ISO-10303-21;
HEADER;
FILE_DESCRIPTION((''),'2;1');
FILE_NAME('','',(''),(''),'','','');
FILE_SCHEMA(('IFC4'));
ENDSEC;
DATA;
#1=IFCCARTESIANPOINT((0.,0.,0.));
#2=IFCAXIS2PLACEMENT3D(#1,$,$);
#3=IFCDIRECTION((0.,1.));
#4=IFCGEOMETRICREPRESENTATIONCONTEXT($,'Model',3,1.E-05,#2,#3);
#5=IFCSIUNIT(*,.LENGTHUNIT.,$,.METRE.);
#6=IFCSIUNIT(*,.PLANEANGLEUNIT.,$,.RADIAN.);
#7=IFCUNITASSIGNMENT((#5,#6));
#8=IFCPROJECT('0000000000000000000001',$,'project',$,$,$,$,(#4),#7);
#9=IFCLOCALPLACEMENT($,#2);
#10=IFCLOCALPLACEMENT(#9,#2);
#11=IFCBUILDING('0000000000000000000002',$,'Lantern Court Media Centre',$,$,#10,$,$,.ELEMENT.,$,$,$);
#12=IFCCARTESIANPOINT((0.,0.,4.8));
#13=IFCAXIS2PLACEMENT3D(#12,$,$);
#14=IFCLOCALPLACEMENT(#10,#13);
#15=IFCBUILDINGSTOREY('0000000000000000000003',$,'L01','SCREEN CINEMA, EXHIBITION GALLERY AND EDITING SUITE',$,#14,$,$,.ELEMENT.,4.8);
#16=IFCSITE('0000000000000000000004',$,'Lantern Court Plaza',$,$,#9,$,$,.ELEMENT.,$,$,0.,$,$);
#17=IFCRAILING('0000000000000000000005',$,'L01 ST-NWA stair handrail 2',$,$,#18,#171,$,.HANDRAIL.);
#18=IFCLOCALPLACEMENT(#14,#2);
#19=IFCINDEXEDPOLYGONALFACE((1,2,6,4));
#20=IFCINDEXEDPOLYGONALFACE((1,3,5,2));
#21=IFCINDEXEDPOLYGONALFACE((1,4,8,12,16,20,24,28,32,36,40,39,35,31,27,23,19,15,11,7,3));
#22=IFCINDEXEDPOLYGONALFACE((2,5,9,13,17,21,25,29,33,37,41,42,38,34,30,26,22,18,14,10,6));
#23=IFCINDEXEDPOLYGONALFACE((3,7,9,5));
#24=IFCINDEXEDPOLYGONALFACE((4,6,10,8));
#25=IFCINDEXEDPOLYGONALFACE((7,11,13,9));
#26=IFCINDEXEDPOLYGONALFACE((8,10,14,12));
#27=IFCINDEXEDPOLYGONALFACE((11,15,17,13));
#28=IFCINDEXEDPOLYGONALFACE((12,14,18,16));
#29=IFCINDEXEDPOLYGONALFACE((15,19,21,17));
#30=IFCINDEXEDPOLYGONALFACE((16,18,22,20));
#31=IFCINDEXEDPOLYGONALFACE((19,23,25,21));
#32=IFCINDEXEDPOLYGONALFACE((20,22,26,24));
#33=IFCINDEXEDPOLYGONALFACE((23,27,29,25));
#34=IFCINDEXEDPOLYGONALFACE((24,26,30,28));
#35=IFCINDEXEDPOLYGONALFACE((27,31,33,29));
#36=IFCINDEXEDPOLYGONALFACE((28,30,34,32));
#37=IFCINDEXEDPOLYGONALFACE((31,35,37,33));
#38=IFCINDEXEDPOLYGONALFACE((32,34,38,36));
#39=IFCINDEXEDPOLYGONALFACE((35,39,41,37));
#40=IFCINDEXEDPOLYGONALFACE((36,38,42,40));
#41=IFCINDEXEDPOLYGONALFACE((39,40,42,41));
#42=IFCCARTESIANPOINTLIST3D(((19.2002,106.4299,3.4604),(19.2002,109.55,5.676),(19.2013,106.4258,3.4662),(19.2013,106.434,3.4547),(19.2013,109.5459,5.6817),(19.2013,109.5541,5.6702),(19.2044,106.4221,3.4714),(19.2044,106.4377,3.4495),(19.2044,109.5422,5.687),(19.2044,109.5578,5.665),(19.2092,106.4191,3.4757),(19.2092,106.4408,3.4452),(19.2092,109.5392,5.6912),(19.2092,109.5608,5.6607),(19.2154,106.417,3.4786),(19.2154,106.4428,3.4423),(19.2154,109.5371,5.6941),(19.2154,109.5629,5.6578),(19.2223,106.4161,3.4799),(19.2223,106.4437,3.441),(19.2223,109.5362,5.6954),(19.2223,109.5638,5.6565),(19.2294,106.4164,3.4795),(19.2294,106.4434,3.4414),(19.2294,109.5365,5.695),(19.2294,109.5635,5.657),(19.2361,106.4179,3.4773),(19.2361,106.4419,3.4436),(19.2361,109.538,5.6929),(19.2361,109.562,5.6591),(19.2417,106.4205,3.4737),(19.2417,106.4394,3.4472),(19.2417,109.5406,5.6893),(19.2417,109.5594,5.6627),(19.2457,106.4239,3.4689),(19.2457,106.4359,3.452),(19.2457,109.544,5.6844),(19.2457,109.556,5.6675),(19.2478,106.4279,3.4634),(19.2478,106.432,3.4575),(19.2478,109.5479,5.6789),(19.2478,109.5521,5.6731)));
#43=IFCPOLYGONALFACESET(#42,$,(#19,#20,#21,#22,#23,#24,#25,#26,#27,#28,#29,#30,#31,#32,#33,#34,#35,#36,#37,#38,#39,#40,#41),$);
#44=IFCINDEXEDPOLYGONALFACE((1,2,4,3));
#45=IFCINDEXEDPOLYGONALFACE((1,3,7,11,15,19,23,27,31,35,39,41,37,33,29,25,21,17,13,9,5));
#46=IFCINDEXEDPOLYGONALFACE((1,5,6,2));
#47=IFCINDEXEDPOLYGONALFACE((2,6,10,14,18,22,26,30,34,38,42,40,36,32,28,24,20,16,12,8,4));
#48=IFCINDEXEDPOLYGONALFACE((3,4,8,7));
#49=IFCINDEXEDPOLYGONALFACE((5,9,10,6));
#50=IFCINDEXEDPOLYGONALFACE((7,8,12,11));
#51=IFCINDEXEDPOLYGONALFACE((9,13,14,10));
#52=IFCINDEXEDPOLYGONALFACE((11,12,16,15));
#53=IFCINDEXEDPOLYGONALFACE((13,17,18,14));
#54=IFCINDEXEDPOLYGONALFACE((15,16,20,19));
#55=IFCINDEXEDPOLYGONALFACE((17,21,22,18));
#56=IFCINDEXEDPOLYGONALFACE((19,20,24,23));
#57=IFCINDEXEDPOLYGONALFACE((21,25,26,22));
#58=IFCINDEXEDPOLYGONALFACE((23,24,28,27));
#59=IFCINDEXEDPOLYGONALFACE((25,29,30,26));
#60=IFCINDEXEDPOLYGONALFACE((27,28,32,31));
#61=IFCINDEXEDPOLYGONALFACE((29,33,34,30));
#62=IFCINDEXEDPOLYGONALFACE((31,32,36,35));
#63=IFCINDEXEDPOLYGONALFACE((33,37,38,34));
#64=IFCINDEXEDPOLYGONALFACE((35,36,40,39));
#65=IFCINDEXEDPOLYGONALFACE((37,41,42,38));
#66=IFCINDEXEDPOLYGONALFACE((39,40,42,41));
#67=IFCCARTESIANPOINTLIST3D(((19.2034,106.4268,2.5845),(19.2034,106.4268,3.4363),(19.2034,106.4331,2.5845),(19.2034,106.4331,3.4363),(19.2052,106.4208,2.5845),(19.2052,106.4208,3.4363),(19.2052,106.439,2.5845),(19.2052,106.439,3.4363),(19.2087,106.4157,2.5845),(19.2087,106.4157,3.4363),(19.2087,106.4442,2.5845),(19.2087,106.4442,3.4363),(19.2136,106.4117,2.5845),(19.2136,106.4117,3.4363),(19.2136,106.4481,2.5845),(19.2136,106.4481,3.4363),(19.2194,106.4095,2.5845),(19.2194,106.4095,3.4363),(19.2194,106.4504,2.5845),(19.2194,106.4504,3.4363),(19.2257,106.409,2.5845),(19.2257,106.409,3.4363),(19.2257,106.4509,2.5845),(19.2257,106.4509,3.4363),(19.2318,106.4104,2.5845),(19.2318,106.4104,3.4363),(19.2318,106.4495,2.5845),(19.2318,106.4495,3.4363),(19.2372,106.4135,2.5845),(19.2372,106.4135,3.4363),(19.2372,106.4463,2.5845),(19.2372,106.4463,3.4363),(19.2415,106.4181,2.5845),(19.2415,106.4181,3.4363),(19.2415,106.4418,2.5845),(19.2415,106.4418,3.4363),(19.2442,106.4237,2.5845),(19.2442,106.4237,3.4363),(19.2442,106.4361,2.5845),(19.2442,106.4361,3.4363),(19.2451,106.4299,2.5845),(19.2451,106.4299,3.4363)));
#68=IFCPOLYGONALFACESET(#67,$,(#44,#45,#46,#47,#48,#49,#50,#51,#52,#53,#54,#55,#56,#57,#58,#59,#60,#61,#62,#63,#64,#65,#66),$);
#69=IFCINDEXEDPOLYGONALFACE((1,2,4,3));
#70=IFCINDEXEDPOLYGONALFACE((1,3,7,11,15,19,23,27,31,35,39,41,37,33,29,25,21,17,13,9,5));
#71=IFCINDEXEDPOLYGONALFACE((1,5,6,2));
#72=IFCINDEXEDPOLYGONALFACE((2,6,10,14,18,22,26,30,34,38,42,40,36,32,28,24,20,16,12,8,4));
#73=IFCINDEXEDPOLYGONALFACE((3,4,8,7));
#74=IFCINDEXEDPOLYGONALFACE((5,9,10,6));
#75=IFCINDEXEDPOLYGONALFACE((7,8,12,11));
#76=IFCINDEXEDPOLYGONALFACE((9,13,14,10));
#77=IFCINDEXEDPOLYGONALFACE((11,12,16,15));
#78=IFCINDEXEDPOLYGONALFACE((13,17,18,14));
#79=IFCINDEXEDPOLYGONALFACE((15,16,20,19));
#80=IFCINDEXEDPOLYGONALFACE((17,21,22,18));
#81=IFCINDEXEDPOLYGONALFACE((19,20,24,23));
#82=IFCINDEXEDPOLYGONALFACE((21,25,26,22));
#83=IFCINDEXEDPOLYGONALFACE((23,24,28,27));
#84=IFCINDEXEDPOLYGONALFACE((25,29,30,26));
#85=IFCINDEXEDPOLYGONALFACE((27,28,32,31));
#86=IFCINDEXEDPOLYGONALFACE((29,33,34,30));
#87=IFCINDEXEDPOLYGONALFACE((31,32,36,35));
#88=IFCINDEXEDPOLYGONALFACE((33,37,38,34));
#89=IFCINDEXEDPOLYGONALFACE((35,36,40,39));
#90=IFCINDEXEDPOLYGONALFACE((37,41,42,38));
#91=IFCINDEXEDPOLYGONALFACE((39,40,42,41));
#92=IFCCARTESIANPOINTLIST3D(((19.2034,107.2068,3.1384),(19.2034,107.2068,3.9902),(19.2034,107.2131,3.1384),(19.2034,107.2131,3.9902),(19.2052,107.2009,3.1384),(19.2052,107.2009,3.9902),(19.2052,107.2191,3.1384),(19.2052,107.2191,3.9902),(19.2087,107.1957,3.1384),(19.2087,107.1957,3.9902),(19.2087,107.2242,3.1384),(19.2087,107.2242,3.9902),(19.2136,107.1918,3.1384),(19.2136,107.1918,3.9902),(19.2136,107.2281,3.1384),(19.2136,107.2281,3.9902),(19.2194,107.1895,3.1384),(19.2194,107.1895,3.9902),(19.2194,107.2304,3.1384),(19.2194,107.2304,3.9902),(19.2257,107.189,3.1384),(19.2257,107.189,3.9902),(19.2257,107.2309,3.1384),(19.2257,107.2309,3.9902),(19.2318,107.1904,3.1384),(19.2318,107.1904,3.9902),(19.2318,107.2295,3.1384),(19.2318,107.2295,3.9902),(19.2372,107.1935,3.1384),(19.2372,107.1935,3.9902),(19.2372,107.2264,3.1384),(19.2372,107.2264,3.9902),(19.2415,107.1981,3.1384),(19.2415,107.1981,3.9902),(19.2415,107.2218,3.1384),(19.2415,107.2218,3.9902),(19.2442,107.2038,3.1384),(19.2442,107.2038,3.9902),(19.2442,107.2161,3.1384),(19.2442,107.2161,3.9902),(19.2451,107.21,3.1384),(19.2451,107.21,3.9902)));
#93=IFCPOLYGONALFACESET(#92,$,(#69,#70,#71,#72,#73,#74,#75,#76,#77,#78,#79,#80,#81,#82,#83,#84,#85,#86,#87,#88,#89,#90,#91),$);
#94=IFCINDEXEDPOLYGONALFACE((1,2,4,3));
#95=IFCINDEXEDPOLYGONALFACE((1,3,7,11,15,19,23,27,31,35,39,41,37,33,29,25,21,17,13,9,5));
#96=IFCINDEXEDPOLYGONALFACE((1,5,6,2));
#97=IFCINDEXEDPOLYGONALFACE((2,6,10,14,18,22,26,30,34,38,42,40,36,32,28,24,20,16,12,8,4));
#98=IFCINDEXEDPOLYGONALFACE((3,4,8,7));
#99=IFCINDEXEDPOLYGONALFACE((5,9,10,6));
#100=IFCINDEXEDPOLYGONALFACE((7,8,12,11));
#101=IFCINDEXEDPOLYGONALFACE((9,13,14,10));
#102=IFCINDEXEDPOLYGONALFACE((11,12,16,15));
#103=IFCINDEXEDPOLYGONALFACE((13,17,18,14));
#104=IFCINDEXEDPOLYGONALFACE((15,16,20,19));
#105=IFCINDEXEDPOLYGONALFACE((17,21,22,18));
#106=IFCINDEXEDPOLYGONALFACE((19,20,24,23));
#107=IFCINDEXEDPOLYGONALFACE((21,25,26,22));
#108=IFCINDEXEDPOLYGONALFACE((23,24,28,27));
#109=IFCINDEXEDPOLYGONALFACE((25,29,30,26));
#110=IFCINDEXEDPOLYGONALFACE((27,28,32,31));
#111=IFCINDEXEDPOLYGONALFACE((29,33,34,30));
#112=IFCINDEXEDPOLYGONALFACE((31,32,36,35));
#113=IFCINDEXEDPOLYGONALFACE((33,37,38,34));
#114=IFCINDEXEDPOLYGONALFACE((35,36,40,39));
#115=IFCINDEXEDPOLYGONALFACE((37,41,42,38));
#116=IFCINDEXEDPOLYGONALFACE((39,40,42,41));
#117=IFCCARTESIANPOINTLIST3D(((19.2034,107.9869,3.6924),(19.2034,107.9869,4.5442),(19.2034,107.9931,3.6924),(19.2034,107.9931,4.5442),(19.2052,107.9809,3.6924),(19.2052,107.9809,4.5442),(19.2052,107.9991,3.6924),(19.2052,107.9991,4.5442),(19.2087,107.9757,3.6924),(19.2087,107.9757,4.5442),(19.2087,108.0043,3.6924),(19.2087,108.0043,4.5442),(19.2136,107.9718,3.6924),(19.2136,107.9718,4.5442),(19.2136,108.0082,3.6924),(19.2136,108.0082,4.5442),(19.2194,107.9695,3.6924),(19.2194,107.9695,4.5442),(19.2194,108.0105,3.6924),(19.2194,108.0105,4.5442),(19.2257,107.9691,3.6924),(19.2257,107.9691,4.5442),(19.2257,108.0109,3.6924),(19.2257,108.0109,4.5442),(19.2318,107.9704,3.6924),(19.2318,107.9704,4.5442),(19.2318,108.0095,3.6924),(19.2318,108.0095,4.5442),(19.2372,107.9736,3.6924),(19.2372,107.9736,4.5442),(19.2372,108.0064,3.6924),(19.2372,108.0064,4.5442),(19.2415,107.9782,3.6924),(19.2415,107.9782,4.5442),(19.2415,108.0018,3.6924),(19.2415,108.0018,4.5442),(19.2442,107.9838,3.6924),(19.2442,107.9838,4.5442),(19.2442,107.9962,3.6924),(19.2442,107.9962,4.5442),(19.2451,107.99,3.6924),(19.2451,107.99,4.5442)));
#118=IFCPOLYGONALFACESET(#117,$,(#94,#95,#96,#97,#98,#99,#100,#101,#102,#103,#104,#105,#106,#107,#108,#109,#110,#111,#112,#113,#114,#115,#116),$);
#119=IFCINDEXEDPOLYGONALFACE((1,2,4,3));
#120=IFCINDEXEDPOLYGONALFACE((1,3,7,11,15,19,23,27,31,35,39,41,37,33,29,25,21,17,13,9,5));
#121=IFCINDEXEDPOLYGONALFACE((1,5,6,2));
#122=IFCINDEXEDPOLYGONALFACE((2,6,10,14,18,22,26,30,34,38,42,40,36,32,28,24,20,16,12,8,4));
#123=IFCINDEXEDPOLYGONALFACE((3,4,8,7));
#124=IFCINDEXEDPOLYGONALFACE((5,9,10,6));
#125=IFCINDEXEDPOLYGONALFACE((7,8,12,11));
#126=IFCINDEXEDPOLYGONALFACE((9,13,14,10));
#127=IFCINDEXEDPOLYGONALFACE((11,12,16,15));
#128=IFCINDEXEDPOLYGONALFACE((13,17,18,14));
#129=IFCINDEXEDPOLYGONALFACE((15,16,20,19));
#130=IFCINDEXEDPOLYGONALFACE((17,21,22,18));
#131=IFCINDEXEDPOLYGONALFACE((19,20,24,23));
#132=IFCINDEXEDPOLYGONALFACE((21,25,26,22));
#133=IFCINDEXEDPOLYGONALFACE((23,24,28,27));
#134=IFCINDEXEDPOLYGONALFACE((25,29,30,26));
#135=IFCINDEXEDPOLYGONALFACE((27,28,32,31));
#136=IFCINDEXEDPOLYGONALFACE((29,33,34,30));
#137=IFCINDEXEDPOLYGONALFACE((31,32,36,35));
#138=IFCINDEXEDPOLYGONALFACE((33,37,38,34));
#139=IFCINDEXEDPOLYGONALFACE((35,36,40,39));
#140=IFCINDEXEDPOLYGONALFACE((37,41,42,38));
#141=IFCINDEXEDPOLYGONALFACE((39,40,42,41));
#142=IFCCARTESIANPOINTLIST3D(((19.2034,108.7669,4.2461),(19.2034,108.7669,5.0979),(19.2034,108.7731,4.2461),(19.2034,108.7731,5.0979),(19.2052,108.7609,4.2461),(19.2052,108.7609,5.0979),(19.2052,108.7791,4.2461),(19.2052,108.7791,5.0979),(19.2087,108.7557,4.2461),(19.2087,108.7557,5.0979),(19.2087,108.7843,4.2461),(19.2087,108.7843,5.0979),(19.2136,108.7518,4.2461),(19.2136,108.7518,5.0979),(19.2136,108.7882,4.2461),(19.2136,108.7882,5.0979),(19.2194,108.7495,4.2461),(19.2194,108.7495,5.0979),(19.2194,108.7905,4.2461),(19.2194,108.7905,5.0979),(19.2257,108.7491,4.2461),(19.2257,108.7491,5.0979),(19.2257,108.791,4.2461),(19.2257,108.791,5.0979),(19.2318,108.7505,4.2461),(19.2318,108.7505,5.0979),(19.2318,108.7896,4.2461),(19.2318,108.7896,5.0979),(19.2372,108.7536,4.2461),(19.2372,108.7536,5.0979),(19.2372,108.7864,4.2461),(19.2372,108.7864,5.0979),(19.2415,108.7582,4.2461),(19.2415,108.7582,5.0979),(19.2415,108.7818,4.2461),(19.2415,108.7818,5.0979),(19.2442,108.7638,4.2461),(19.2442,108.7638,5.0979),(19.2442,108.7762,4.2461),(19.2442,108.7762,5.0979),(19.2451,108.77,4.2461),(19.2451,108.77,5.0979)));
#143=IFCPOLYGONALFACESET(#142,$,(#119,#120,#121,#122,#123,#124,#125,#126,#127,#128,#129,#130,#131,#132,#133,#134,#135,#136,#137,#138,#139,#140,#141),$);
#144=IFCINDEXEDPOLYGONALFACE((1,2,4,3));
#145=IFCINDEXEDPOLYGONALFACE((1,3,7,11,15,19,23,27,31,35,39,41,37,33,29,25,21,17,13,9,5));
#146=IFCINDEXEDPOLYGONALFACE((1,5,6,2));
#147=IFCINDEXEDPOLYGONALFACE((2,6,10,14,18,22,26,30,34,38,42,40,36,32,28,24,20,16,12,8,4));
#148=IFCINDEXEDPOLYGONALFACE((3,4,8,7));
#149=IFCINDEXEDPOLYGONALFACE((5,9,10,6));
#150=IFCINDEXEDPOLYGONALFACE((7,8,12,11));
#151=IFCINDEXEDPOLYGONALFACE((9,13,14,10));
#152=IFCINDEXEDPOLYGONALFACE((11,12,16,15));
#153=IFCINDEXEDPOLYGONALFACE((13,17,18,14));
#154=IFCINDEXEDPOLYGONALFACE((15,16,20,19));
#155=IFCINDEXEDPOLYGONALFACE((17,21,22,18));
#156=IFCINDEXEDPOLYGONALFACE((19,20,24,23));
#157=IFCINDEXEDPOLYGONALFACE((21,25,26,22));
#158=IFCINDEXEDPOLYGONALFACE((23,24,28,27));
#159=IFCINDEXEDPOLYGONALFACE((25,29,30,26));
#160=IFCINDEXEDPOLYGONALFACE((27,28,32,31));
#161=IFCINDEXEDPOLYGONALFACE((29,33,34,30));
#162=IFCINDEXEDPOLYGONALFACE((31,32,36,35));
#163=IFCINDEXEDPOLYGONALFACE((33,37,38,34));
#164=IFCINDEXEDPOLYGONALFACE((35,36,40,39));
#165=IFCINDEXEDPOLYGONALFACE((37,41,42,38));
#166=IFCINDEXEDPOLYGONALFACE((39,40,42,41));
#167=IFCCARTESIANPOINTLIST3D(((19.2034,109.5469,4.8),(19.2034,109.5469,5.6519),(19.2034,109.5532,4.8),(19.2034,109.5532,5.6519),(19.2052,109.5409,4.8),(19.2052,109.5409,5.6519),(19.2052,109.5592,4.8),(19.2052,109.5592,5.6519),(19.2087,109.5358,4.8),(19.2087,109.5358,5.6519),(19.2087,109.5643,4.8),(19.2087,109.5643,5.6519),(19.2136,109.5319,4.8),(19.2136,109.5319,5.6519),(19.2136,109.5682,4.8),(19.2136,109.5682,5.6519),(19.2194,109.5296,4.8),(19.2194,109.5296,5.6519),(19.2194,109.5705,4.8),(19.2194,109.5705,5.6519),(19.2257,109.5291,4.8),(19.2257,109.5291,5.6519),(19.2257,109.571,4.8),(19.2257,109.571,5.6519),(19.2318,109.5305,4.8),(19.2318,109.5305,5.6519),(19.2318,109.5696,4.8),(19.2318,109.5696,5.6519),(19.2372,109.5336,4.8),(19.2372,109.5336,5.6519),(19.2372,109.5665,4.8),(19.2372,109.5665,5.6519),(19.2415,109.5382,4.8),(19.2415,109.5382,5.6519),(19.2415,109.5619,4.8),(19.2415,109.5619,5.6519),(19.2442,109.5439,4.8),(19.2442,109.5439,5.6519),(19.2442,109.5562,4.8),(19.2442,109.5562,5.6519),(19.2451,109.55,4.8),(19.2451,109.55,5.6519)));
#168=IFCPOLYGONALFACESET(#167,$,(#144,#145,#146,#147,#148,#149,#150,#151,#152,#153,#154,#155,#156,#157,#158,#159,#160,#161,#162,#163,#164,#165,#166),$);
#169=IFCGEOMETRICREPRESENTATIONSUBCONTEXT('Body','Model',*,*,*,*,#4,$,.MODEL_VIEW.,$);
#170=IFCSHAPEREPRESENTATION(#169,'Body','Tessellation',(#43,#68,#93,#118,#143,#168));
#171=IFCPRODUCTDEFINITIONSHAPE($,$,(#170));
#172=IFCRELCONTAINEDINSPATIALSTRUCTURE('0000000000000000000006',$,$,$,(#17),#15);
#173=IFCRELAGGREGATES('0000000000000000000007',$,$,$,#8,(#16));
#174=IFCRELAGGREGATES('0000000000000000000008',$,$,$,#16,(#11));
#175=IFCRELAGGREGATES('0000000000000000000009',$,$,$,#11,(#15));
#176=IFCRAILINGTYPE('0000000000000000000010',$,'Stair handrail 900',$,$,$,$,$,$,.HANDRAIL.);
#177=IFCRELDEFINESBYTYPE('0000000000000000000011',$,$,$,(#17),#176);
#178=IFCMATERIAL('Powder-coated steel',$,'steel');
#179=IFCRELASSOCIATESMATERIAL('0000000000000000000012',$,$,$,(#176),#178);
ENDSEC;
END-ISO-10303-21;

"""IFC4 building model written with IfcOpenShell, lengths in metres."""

from ifc_helpers import new_model, si_unit, direction, frame, origin, origin_2d, place, context, subcontext, project, spatial, circle, extrude, material, type_object, element, save


model = new_model("IFC4")

# Units and contexts
model_context = context("Model", 3, precision=1e-05, world=origin(), true_north=direction((0.0, 1.0)))
body_context = subcontext(model_context, "Body", "Model", "MODEL_VIEW")
ifc_project = project(units=[si_unit("LENGTHUNIT", "METRE"), si_unit("PLANEANGLEUNIT", "RADIAN")], contexts=[model_context])

# Site, building, storey
site_placement = place(None, origin())
site = spatial("IfcSite", under=ifc_project, at=site_placement, Name="Lantern Court Plaza", CompositionType="ELEMENT", RefElevation=0.0)
building_placement = place(site_placement, origin())
building = spatial("IfcBuilding", under=site, at=building_placement, Name="Lantern Court Media Centre", CompositionType="ELEMENT")
storey_placement = place(building_placement, frame((0.0, 0.0, 4.8)))
storey = spatial("IfcBuildingStorey", under=building, at=storey_placement, Name="L01", Description="SCREEN CINEMA, EXHIBITION GALLERY AND EDITING SUITE", CompositionType="ELEMENT", Elevation=4.8)

# Shared definitions
ifc_material_1 = material(Name="Powder-coated steel", Category="steel")

# Railing
railing_type_1 = type_object("IfcRailingType", Name="Stair handrail 900", PredefinedType="HANDRAIL", material=ifc_material_1)
railing_1_placement = place(storey_placement, frame((19.2241, 106.4299, 2.5845)))
element("IfcRailing", 1, at=railing_1_placement, inside=storey, type_object=railing_type_1, Name="L01 ST-NWA stair handrail 2", PredefinedType="HANDRAIL", context=body_context, shape_type="SweptSolid", body=[
    extrude(circle(Radius=0.0239, at=origin_2d()), frame((0.0, 0.0, 0.876), z_axis=(0.0, 0.815347, 0.578973), x_axis=(-1.0, 0.0, 0.0)), (0.0, 0.0, 1.0), 3.8267),
    extrude(circle(Radius=0.021, at=origin_2d()), origin(), (0.0, 0.0, 1.0), 0.8518),
    extrude(circle(Radius=0.021, at=origin_2d()), frame((0.0, 0.78, 0.554)), (0.0, 0.0, 1.0), 0.8518),
    extrude(circle(Radius=0.021, at=origin_2d()), frame((0.0, 1.5601, 1.1079)), (0.0, 0.0, 1.0), 0.8518),
    extrude(circle(Radius=0.021, at=origin_2d()), frame((0.0, 2.3401, 1.6616)), (0.0, 0.0, 1.0), 0.8518),
    extrude(circle(Radius=0.021, at=origin_2d()), frame((0.0, 3.1201, 2.2156)), (0.0, 0.0, 1.0), 0.8518),
])

save(model, "model.ifc")
